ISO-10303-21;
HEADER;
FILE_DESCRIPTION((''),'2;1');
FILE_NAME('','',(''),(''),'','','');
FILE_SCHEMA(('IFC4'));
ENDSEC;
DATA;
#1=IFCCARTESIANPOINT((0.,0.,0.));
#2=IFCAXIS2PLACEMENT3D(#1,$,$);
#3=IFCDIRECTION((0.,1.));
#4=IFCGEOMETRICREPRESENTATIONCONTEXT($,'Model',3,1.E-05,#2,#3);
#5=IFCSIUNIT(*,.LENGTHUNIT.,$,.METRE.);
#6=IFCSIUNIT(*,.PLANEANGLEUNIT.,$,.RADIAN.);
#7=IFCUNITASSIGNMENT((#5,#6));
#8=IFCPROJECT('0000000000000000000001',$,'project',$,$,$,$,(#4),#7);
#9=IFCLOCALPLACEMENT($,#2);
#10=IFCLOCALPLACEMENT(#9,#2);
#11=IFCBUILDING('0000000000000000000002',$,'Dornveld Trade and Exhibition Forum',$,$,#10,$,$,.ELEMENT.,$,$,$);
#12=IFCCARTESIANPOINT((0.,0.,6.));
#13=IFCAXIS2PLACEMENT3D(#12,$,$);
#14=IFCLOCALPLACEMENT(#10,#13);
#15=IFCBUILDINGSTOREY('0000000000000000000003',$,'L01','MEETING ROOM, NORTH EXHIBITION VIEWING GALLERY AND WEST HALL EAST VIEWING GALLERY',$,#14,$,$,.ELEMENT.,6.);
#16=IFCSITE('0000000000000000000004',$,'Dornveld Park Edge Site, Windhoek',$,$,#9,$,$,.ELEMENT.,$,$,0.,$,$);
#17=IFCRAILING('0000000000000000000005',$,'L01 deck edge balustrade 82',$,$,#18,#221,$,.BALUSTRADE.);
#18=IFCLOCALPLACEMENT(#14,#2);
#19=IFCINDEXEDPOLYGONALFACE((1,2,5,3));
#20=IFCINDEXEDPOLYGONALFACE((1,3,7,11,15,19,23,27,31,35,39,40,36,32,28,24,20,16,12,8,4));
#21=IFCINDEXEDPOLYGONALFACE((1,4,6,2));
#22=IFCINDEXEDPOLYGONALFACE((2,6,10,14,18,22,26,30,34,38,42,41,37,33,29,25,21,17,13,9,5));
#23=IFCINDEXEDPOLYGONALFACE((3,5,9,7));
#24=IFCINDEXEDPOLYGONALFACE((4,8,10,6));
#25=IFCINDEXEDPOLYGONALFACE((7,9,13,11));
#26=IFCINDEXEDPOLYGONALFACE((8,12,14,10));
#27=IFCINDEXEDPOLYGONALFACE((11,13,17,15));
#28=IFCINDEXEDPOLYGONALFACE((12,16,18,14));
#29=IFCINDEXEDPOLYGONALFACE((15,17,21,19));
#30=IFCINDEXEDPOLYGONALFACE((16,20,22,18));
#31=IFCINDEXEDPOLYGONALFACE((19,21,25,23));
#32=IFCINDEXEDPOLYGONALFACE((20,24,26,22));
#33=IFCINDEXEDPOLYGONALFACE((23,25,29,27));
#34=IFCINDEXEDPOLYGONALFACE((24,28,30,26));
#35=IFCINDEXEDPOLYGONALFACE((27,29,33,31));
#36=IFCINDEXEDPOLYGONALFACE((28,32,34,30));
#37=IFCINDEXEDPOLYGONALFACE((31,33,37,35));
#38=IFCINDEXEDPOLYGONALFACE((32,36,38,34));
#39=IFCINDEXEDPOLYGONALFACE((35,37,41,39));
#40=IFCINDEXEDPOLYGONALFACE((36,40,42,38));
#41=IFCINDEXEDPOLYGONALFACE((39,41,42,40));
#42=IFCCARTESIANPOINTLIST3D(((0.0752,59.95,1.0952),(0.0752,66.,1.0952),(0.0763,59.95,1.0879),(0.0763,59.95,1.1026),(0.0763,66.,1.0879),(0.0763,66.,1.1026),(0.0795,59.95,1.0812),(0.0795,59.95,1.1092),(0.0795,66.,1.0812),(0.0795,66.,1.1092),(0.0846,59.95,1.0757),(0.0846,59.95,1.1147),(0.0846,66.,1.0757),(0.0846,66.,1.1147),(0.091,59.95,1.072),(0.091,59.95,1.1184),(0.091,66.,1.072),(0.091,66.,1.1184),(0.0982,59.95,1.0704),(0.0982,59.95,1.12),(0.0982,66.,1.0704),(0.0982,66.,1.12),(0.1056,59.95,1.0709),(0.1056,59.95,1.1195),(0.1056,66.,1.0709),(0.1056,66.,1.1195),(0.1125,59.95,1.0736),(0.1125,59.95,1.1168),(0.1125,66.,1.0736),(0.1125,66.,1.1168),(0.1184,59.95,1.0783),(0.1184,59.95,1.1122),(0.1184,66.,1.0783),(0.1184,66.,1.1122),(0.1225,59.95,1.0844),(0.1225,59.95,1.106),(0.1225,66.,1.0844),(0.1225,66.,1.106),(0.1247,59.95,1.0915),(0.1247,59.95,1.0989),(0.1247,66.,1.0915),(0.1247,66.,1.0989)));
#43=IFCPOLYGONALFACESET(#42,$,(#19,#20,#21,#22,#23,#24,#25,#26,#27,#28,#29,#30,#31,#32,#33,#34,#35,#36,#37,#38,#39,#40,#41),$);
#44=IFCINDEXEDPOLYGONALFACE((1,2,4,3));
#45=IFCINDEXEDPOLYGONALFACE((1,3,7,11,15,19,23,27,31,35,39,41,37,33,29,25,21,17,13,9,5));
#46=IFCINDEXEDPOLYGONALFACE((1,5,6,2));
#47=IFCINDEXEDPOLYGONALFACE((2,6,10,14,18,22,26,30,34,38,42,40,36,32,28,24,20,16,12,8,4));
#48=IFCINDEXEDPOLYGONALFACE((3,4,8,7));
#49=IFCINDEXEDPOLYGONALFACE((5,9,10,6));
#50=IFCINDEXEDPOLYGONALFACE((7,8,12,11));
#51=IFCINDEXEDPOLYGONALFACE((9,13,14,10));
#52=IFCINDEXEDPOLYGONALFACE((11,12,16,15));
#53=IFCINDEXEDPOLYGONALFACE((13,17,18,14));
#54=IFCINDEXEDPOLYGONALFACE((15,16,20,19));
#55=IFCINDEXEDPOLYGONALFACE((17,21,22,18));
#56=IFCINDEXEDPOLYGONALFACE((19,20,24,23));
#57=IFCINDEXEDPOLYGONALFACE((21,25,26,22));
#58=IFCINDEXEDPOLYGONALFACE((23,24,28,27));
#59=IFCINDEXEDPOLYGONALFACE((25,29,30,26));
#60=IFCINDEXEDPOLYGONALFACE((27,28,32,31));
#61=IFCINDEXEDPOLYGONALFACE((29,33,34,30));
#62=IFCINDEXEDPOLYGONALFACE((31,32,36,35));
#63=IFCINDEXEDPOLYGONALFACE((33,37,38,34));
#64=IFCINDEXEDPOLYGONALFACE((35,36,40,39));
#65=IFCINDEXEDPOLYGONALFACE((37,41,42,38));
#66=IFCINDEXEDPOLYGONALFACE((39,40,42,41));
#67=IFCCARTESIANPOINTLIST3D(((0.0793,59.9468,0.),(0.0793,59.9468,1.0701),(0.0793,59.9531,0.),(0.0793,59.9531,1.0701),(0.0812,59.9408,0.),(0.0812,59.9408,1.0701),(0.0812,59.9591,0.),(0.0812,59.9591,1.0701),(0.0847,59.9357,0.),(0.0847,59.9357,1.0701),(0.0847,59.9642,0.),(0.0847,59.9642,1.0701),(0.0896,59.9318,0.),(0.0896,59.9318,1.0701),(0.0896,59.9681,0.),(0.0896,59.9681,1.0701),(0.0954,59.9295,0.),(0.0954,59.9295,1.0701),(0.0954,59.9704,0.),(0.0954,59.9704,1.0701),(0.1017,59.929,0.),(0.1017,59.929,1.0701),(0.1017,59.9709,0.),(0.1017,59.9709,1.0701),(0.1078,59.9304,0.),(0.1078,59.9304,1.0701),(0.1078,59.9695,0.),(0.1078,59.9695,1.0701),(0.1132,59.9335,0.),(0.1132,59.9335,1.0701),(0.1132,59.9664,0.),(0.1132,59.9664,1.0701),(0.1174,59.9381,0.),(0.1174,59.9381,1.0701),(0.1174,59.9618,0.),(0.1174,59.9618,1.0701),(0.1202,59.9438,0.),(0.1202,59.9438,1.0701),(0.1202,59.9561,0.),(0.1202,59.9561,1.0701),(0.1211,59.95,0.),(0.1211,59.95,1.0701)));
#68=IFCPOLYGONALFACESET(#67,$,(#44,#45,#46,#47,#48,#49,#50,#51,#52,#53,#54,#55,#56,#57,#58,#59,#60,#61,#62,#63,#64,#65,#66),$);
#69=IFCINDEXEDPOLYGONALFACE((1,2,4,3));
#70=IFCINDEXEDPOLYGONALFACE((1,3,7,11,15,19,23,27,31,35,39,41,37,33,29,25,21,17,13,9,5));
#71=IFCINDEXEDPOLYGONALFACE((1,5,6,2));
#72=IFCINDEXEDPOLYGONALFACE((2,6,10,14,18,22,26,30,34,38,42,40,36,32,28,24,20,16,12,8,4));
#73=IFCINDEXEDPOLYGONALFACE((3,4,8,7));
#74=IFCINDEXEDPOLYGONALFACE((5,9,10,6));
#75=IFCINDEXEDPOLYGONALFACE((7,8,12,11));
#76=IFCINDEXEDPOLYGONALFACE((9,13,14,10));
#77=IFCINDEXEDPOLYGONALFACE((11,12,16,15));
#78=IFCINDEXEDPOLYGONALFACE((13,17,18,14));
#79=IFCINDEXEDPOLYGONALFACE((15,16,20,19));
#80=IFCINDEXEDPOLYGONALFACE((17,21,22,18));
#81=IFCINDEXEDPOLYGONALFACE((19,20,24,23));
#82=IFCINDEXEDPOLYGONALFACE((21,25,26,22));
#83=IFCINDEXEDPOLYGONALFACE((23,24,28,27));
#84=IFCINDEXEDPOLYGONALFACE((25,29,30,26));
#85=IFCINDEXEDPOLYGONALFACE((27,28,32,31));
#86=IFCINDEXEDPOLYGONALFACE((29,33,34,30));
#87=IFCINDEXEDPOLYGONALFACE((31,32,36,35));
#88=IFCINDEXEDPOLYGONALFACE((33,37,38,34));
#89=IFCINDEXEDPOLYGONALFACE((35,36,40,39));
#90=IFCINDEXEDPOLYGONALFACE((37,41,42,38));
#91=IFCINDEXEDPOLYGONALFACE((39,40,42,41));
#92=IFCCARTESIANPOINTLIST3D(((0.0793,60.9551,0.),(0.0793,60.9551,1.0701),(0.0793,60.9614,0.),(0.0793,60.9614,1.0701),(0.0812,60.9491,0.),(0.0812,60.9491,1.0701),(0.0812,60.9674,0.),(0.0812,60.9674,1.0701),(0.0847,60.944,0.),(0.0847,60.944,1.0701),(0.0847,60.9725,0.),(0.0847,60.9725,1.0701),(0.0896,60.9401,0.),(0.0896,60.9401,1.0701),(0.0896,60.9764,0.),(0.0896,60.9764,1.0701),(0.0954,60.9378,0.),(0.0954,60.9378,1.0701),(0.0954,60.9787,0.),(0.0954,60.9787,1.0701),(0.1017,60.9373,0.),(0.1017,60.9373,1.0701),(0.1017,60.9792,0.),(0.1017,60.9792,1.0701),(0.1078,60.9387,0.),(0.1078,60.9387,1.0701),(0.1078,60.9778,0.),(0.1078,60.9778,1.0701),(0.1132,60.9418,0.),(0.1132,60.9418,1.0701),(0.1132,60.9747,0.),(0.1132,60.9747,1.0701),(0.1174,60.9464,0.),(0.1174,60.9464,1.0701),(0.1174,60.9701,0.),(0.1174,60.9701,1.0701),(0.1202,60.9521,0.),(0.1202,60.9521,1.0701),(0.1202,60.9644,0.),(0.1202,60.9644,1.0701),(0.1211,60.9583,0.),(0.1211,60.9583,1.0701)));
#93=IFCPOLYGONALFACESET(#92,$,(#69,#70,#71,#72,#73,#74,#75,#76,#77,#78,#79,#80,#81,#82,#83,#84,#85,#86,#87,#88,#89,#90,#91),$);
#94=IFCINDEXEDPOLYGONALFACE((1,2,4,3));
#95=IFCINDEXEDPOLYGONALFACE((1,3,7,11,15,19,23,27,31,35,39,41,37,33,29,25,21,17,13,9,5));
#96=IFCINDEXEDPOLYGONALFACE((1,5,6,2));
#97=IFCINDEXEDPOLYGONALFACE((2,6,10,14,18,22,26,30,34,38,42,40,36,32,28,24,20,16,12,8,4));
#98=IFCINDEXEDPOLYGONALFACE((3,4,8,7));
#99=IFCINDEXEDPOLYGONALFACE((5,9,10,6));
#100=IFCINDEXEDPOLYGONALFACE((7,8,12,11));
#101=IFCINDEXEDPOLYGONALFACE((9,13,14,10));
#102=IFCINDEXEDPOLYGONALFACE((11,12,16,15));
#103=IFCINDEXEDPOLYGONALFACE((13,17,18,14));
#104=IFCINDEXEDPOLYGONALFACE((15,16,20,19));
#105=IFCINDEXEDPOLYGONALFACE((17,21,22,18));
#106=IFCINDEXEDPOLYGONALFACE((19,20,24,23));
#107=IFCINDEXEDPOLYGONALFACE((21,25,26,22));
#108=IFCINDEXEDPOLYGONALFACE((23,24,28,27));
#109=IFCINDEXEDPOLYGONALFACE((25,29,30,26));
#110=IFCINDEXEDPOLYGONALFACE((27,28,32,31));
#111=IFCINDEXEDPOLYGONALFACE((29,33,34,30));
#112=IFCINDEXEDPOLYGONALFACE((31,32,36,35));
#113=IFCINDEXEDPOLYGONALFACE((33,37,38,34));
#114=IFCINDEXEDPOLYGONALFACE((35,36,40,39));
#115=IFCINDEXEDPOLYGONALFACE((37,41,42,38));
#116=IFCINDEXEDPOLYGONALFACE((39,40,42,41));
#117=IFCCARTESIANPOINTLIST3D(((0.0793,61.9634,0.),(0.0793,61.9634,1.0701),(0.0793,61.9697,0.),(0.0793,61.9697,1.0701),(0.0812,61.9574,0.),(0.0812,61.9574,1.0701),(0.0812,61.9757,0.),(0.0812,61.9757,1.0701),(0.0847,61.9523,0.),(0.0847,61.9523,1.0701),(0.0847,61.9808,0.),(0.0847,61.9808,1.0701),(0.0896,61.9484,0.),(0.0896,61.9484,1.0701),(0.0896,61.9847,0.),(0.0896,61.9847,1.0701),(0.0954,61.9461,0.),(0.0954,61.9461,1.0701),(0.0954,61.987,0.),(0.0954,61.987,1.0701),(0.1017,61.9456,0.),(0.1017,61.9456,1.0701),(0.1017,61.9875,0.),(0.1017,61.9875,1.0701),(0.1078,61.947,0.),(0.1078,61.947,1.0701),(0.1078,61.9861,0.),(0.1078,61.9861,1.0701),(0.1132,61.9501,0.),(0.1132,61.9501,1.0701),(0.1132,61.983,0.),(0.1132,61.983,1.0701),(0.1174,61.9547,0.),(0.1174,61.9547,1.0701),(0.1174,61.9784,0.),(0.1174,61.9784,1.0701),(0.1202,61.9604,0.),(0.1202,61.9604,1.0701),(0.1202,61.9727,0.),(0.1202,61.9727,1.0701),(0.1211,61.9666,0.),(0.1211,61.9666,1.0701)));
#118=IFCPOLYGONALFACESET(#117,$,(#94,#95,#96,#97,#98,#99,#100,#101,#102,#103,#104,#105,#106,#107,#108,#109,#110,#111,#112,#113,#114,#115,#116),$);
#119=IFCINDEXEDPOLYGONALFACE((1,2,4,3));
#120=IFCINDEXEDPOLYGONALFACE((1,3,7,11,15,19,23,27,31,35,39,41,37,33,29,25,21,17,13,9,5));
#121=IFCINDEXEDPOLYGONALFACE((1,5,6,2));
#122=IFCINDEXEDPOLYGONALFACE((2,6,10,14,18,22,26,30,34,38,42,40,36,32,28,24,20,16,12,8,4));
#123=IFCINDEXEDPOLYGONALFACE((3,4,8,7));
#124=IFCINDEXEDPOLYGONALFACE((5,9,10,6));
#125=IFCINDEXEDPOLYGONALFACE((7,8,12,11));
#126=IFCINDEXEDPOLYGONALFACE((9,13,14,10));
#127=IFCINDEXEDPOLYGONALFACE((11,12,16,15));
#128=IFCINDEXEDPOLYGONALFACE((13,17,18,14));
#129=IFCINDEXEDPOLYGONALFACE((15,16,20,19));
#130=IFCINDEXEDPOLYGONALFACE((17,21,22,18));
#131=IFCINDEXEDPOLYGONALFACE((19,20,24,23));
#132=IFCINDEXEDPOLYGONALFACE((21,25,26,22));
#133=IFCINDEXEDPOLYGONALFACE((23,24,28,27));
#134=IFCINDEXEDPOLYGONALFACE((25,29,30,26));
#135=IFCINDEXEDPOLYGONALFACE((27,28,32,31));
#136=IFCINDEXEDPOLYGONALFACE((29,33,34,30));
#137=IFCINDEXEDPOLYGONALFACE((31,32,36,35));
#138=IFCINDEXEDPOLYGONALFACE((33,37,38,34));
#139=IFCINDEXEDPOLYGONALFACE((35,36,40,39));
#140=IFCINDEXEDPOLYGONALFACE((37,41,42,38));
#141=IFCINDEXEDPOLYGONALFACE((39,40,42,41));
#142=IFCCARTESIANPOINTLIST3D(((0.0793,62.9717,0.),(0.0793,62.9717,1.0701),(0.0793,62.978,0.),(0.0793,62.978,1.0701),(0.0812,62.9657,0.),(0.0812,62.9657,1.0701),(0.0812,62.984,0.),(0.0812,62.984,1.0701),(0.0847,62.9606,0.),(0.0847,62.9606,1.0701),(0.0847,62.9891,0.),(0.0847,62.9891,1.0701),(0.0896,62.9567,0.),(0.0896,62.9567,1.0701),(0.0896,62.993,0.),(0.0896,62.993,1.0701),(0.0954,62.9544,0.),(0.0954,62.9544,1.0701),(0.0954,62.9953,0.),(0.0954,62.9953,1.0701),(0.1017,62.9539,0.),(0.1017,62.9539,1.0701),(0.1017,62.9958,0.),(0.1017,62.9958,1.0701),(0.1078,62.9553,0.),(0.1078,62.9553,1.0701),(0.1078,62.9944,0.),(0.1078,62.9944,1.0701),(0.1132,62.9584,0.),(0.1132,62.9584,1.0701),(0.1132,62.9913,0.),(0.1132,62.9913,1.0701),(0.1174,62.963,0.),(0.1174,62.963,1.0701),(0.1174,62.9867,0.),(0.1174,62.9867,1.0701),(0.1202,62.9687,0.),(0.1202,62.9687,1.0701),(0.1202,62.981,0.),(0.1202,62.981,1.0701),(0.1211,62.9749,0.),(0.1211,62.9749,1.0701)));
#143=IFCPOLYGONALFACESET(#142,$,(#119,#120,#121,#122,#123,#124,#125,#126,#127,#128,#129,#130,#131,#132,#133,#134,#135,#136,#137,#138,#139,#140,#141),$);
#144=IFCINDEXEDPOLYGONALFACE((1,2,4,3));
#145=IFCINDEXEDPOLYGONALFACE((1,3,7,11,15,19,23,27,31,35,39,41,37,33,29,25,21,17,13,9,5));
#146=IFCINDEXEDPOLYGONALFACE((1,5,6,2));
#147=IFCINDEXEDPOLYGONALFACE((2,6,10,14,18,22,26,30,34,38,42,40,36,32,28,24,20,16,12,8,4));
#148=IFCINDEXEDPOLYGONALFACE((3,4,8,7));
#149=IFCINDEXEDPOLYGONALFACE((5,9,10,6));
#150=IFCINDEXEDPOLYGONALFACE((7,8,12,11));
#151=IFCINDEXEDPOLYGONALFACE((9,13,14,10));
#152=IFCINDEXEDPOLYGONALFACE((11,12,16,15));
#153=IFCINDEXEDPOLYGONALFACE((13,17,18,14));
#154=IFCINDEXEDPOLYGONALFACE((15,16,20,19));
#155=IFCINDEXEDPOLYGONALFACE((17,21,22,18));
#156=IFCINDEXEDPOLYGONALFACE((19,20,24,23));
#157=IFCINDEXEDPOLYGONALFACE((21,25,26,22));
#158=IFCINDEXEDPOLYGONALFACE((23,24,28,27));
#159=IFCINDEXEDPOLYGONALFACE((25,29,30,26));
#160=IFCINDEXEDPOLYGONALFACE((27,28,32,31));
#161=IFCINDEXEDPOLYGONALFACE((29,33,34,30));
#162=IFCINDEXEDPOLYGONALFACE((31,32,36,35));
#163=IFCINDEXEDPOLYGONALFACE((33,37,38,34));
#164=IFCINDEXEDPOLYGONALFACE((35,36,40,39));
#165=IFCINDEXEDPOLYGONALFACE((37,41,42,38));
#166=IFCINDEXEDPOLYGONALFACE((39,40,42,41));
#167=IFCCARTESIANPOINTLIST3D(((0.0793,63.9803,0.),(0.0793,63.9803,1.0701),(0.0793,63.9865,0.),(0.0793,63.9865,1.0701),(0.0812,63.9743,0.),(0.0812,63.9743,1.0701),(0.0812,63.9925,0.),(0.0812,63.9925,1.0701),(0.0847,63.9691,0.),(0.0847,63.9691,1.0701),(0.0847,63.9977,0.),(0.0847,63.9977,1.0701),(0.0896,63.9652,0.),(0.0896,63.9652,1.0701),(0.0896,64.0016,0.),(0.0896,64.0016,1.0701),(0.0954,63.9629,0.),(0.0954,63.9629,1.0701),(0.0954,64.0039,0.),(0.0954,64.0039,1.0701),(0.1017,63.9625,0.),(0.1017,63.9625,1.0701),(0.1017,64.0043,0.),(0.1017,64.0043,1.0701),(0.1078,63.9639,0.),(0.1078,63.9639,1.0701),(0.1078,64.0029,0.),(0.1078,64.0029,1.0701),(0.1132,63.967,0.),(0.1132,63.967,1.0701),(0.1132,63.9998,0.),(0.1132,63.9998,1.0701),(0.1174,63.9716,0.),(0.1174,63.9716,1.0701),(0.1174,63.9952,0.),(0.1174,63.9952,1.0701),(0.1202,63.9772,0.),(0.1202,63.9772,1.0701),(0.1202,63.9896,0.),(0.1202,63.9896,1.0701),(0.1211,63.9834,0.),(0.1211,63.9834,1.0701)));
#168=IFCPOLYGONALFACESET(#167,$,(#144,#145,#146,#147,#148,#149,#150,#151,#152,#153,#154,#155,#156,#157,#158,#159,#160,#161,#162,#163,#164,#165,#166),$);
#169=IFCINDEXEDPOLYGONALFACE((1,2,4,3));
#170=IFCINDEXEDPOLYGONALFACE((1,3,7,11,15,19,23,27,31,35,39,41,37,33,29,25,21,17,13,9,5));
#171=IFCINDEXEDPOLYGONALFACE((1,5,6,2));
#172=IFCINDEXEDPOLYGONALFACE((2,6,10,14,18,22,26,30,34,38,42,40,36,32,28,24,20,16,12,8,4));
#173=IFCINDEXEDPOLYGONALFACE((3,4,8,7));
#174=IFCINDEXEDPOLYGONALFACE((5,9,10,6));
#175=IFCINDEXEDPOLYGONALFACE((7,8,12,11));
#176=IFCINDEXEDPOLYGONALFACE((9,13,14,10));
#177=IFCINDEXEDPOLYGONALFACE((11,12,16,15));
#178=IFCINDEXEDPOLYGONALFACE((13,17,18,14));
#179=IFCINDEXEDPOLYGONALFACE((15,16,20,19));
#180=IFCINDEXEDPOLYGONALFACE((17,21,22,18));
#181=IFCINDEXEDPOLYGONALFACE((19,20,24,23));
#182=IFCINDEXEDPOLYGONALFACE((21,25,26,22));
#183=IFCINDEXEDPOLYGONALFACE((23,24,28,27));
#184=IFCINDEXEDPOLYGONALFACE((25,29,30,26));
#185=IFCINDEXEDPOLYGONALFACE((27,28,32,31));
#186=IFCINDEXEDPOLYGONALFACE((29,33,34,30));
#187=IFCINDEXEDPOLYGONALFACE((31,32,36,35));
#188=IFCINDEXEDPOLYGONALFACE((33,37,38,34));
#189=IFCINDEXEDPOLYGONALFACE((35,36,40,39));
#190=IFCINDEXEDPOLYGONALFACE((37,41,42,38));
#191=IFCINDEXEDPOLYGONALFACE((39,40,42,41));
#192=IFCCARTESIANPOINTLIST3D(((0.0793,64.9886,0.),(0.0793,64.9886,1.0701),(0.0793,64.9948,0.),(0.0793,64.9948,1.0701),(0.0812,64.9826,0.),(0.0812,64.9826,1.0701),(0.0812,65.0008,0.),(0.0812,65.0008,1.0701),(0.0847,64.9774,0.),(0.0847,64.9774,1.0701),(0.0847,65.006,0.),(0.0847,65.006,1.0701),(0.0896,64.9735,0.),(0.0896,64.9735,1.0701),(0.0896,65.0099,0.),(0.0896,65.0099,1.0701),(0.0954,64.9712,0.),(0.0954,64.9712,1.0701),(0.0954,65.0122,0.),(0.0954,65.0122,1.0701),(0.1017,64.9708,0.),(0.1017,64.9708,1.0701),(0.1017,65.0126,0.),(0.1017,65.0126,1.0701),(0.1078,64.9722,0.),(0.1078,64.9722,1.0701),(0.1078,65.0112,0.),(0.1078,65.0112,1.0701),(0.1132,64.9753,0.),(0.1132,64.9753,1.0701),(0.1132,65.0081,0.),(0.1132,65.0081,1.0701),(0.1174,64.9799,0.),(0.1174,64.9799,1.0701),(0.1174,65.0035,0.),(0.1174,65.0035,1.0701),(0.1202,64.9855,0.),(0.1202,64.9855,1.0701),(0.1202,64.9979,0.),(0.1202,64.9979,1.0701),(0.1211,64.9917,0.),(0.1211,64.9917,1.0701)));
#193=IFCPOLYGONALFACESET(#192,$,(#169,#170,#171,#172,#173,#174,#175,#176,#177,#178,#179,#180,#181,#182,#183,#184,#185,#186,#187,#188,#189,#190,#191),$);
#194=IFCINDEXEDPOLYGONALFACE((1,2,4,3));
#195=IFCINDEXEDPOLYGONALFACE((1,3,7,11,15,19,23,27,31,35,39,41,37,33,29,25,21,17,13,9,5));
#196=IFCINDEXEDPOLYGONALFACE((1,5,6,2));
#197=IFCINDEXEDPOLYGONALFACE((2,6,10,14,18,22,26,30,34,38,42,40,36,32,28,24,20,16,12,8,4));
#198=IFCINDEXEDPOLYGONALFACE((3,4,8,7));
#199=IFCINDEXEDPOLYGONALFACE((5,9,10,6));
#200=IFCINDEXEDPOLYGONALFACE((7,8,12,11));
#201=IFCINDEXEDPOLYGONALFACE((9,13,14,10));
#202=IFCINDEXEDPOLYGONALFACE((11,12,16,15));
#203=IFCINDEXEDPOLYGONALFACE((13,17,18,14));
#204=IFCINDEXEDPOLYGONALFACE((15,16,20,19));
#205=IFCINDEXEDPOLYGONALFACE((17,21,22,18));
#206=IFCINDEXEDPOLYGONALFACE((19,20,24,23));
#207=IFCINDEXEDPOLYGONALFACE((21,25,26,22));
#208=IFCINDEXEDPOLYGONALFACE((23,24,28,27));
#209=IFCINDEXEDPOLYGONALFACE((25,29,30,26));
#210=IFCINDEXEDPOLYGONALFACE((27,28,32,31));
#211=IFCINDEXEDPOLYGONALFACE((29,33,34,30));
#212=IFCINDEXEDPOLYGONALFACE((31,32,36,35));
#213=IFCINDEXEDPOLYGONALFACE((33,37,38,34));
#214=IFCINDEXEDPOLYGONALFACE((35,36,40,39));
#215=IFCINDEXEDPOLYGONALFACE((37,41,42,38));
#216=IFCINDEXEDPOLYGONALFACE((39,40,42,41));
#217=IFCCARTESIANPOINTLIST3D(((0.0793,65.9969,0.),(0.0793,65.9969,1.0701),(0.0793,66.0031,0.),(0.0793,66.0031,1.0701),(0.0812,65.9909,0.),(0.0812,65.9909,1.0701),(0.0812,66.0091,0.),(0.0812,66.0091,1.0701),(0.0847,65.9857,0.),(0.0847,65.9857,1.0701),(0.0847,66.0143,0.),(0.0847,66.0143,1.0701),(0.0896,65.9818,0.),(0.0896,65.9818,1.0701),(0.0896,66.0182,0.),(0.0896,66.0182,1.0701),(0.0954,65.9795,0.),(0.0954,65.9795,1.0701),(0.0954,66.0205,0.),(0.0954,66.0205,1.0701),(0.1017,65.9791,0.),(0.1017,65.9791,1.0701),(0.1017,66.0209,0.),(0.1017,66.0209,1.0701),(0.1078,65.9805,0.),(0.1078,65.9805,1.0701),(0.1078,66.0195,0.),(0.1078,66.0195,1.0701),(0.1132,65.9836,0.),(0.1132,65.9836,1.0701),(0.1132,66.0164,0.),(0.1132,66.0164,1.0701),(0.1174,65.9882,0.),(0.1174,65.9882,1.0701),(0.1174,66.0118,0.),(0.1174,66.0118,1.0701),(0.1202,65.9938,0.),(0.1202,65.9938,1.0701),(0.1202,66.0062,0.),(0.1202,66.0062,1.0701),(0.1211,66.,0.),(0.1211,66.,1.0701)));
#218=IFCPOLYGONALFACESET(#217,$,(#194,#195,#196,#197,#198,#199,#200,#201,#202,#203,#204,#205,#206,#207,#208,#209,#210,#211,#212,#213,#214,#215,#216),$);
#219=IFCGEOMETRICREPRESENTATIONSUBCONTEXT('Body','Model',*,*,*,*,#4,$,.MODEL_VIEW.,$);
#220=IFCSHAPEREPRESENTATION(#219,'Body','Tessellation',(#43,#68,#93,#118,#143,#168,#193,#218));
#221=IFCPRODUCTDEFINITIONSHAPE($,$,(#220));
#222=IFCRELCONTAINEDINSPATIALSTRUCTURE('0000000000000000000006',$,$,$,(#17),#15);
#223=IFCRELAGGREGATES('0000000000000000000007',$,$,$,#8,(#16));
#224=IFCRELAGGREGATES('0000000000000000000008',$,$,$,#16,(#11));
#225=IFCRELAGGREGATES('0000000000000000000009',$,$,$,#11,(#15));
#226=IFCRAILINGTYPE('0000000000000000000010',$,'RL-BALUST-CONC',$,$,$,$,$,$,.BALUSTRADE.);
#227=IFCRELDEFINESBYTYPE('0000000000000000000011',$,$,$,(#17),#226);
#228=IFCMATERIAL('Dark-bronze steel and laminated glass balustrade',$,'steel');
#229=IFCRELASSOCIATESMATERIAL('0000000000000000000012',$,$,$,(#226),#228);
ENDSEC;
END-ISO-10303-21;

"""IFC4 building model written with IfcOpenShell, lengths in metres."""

from ifc_helpers import new_model, si_unit, direction, frame, origin, origin_2d, place, context, subcontext, project, spatial, circle, extrude, material, type_object, element, save


model = new_model("IFC4")

# Units and contexts
model_context = context("Model", 3, precision=1e-05, world=origin(), true_north=direction((0.0, 1.0)))
body_context = subcontext(model_context, "Body", "Model", "MODEL_VIEW")
ifc_project = project(units=[si_unit("LENGTHUNIT", "METRE"), si_unit("PLANEANGLEUNIT", "RADIAN")], contexts=[model_context])

# Site, building, storey
site_placement = place(None, origin())
site = spatial("IfcSite", under=ifc_project, at=site_placement, Name="Dornveld Park Edge Site, Windhoek", CompositionType="ELEMENT", RefElevation=0.0)
building_placement = place(site_placement, origin())
building = spatial("IfcBuilding", under=site, at=building_placement, Name="Dornveld Trade and Exhibition Forum", CompositionType="ELEMENT")
storey_placement = place(building_placement, frame((0.0, 0.0, 6.0)))
storey = spatial("IfcBuildingStorey", under=building, at=storey_placement, Name="L01", Description="MEETING ROOM, NORTH EXHIBITION VIEWING GALLERY AND WEST HALL EAST VIEWING GALLERY", CompositionType="ELEMENT", Elevation=6.0)

# Railing
ifc_material_1 = material(Name="Dark-bronze steel and laminated glass balustrade", Category="steel")
railing_type_1 = type_object("IfcRailingType", Name="RL-BALUST-CONC", PredefinedType="BALUSTRADE", material=ifc_material_1)
railing_1_placement = place(storey_placement, frame((0.1001, 59.95, 0.0)))
element("IfcRailing", 1, at=railing_1_placement, inside=storey, type_object=railing_type_1, Name="L01 deck edge balustrade 82", PredefinedType="BALUSTRADE", context=body_context, shape_type="SweptSolid", body=[
    extrude(circle(Radius=0.0249, at=origin_2d()), frame((0.0, 0.0, 1.0952), z_axis=(0.0, 1.0, 0.0), x_axis=(-1.0, 0.0, 0.0)), (0.0, 0.0, 1.0), 6.05),
    extrude(circle(Radius=0.021, at=origin_2d()), origin(), (0.0, 0.0, 1.0), 1.0701),
    extrude(circle(Radius=0.021, at=origin_2d()), frame((0.0, 1.0083, 0.0)), (0.0, 0.0, 1.0), 1.0701),
    extrude(circle(Radius=0.021, at=origin_2d()), frame((0.0, 2.0166, 0.0)), (0.0, 0.0, 1.0), 1.0701),
    extrude(circle(Radius=0.021, at=origin_2d()), frame((0.0, 3.0249, 0.0)), (0.0, 0.0, 1.0), 1.0701),
    extrude(circle(Radius=0.021, at=origin_2d()), frame((0.0, 4.0334, 0.0)), (0.0, 0.0, 1.0), 1.0701),
    extrude(circle(Radius=0.021, at=origin_2d()), frame((0.0, 5.0417, 0.0)), (0.0, 0.0, 1.0), 1.0701),
    extrude(circle(Radius=0.021, at=origin_2d()), frame((0.0, 6.05, 0.0)), (0.0, 0.0, 1.0), 1.0701),
])

save(model, "model.ifc")
